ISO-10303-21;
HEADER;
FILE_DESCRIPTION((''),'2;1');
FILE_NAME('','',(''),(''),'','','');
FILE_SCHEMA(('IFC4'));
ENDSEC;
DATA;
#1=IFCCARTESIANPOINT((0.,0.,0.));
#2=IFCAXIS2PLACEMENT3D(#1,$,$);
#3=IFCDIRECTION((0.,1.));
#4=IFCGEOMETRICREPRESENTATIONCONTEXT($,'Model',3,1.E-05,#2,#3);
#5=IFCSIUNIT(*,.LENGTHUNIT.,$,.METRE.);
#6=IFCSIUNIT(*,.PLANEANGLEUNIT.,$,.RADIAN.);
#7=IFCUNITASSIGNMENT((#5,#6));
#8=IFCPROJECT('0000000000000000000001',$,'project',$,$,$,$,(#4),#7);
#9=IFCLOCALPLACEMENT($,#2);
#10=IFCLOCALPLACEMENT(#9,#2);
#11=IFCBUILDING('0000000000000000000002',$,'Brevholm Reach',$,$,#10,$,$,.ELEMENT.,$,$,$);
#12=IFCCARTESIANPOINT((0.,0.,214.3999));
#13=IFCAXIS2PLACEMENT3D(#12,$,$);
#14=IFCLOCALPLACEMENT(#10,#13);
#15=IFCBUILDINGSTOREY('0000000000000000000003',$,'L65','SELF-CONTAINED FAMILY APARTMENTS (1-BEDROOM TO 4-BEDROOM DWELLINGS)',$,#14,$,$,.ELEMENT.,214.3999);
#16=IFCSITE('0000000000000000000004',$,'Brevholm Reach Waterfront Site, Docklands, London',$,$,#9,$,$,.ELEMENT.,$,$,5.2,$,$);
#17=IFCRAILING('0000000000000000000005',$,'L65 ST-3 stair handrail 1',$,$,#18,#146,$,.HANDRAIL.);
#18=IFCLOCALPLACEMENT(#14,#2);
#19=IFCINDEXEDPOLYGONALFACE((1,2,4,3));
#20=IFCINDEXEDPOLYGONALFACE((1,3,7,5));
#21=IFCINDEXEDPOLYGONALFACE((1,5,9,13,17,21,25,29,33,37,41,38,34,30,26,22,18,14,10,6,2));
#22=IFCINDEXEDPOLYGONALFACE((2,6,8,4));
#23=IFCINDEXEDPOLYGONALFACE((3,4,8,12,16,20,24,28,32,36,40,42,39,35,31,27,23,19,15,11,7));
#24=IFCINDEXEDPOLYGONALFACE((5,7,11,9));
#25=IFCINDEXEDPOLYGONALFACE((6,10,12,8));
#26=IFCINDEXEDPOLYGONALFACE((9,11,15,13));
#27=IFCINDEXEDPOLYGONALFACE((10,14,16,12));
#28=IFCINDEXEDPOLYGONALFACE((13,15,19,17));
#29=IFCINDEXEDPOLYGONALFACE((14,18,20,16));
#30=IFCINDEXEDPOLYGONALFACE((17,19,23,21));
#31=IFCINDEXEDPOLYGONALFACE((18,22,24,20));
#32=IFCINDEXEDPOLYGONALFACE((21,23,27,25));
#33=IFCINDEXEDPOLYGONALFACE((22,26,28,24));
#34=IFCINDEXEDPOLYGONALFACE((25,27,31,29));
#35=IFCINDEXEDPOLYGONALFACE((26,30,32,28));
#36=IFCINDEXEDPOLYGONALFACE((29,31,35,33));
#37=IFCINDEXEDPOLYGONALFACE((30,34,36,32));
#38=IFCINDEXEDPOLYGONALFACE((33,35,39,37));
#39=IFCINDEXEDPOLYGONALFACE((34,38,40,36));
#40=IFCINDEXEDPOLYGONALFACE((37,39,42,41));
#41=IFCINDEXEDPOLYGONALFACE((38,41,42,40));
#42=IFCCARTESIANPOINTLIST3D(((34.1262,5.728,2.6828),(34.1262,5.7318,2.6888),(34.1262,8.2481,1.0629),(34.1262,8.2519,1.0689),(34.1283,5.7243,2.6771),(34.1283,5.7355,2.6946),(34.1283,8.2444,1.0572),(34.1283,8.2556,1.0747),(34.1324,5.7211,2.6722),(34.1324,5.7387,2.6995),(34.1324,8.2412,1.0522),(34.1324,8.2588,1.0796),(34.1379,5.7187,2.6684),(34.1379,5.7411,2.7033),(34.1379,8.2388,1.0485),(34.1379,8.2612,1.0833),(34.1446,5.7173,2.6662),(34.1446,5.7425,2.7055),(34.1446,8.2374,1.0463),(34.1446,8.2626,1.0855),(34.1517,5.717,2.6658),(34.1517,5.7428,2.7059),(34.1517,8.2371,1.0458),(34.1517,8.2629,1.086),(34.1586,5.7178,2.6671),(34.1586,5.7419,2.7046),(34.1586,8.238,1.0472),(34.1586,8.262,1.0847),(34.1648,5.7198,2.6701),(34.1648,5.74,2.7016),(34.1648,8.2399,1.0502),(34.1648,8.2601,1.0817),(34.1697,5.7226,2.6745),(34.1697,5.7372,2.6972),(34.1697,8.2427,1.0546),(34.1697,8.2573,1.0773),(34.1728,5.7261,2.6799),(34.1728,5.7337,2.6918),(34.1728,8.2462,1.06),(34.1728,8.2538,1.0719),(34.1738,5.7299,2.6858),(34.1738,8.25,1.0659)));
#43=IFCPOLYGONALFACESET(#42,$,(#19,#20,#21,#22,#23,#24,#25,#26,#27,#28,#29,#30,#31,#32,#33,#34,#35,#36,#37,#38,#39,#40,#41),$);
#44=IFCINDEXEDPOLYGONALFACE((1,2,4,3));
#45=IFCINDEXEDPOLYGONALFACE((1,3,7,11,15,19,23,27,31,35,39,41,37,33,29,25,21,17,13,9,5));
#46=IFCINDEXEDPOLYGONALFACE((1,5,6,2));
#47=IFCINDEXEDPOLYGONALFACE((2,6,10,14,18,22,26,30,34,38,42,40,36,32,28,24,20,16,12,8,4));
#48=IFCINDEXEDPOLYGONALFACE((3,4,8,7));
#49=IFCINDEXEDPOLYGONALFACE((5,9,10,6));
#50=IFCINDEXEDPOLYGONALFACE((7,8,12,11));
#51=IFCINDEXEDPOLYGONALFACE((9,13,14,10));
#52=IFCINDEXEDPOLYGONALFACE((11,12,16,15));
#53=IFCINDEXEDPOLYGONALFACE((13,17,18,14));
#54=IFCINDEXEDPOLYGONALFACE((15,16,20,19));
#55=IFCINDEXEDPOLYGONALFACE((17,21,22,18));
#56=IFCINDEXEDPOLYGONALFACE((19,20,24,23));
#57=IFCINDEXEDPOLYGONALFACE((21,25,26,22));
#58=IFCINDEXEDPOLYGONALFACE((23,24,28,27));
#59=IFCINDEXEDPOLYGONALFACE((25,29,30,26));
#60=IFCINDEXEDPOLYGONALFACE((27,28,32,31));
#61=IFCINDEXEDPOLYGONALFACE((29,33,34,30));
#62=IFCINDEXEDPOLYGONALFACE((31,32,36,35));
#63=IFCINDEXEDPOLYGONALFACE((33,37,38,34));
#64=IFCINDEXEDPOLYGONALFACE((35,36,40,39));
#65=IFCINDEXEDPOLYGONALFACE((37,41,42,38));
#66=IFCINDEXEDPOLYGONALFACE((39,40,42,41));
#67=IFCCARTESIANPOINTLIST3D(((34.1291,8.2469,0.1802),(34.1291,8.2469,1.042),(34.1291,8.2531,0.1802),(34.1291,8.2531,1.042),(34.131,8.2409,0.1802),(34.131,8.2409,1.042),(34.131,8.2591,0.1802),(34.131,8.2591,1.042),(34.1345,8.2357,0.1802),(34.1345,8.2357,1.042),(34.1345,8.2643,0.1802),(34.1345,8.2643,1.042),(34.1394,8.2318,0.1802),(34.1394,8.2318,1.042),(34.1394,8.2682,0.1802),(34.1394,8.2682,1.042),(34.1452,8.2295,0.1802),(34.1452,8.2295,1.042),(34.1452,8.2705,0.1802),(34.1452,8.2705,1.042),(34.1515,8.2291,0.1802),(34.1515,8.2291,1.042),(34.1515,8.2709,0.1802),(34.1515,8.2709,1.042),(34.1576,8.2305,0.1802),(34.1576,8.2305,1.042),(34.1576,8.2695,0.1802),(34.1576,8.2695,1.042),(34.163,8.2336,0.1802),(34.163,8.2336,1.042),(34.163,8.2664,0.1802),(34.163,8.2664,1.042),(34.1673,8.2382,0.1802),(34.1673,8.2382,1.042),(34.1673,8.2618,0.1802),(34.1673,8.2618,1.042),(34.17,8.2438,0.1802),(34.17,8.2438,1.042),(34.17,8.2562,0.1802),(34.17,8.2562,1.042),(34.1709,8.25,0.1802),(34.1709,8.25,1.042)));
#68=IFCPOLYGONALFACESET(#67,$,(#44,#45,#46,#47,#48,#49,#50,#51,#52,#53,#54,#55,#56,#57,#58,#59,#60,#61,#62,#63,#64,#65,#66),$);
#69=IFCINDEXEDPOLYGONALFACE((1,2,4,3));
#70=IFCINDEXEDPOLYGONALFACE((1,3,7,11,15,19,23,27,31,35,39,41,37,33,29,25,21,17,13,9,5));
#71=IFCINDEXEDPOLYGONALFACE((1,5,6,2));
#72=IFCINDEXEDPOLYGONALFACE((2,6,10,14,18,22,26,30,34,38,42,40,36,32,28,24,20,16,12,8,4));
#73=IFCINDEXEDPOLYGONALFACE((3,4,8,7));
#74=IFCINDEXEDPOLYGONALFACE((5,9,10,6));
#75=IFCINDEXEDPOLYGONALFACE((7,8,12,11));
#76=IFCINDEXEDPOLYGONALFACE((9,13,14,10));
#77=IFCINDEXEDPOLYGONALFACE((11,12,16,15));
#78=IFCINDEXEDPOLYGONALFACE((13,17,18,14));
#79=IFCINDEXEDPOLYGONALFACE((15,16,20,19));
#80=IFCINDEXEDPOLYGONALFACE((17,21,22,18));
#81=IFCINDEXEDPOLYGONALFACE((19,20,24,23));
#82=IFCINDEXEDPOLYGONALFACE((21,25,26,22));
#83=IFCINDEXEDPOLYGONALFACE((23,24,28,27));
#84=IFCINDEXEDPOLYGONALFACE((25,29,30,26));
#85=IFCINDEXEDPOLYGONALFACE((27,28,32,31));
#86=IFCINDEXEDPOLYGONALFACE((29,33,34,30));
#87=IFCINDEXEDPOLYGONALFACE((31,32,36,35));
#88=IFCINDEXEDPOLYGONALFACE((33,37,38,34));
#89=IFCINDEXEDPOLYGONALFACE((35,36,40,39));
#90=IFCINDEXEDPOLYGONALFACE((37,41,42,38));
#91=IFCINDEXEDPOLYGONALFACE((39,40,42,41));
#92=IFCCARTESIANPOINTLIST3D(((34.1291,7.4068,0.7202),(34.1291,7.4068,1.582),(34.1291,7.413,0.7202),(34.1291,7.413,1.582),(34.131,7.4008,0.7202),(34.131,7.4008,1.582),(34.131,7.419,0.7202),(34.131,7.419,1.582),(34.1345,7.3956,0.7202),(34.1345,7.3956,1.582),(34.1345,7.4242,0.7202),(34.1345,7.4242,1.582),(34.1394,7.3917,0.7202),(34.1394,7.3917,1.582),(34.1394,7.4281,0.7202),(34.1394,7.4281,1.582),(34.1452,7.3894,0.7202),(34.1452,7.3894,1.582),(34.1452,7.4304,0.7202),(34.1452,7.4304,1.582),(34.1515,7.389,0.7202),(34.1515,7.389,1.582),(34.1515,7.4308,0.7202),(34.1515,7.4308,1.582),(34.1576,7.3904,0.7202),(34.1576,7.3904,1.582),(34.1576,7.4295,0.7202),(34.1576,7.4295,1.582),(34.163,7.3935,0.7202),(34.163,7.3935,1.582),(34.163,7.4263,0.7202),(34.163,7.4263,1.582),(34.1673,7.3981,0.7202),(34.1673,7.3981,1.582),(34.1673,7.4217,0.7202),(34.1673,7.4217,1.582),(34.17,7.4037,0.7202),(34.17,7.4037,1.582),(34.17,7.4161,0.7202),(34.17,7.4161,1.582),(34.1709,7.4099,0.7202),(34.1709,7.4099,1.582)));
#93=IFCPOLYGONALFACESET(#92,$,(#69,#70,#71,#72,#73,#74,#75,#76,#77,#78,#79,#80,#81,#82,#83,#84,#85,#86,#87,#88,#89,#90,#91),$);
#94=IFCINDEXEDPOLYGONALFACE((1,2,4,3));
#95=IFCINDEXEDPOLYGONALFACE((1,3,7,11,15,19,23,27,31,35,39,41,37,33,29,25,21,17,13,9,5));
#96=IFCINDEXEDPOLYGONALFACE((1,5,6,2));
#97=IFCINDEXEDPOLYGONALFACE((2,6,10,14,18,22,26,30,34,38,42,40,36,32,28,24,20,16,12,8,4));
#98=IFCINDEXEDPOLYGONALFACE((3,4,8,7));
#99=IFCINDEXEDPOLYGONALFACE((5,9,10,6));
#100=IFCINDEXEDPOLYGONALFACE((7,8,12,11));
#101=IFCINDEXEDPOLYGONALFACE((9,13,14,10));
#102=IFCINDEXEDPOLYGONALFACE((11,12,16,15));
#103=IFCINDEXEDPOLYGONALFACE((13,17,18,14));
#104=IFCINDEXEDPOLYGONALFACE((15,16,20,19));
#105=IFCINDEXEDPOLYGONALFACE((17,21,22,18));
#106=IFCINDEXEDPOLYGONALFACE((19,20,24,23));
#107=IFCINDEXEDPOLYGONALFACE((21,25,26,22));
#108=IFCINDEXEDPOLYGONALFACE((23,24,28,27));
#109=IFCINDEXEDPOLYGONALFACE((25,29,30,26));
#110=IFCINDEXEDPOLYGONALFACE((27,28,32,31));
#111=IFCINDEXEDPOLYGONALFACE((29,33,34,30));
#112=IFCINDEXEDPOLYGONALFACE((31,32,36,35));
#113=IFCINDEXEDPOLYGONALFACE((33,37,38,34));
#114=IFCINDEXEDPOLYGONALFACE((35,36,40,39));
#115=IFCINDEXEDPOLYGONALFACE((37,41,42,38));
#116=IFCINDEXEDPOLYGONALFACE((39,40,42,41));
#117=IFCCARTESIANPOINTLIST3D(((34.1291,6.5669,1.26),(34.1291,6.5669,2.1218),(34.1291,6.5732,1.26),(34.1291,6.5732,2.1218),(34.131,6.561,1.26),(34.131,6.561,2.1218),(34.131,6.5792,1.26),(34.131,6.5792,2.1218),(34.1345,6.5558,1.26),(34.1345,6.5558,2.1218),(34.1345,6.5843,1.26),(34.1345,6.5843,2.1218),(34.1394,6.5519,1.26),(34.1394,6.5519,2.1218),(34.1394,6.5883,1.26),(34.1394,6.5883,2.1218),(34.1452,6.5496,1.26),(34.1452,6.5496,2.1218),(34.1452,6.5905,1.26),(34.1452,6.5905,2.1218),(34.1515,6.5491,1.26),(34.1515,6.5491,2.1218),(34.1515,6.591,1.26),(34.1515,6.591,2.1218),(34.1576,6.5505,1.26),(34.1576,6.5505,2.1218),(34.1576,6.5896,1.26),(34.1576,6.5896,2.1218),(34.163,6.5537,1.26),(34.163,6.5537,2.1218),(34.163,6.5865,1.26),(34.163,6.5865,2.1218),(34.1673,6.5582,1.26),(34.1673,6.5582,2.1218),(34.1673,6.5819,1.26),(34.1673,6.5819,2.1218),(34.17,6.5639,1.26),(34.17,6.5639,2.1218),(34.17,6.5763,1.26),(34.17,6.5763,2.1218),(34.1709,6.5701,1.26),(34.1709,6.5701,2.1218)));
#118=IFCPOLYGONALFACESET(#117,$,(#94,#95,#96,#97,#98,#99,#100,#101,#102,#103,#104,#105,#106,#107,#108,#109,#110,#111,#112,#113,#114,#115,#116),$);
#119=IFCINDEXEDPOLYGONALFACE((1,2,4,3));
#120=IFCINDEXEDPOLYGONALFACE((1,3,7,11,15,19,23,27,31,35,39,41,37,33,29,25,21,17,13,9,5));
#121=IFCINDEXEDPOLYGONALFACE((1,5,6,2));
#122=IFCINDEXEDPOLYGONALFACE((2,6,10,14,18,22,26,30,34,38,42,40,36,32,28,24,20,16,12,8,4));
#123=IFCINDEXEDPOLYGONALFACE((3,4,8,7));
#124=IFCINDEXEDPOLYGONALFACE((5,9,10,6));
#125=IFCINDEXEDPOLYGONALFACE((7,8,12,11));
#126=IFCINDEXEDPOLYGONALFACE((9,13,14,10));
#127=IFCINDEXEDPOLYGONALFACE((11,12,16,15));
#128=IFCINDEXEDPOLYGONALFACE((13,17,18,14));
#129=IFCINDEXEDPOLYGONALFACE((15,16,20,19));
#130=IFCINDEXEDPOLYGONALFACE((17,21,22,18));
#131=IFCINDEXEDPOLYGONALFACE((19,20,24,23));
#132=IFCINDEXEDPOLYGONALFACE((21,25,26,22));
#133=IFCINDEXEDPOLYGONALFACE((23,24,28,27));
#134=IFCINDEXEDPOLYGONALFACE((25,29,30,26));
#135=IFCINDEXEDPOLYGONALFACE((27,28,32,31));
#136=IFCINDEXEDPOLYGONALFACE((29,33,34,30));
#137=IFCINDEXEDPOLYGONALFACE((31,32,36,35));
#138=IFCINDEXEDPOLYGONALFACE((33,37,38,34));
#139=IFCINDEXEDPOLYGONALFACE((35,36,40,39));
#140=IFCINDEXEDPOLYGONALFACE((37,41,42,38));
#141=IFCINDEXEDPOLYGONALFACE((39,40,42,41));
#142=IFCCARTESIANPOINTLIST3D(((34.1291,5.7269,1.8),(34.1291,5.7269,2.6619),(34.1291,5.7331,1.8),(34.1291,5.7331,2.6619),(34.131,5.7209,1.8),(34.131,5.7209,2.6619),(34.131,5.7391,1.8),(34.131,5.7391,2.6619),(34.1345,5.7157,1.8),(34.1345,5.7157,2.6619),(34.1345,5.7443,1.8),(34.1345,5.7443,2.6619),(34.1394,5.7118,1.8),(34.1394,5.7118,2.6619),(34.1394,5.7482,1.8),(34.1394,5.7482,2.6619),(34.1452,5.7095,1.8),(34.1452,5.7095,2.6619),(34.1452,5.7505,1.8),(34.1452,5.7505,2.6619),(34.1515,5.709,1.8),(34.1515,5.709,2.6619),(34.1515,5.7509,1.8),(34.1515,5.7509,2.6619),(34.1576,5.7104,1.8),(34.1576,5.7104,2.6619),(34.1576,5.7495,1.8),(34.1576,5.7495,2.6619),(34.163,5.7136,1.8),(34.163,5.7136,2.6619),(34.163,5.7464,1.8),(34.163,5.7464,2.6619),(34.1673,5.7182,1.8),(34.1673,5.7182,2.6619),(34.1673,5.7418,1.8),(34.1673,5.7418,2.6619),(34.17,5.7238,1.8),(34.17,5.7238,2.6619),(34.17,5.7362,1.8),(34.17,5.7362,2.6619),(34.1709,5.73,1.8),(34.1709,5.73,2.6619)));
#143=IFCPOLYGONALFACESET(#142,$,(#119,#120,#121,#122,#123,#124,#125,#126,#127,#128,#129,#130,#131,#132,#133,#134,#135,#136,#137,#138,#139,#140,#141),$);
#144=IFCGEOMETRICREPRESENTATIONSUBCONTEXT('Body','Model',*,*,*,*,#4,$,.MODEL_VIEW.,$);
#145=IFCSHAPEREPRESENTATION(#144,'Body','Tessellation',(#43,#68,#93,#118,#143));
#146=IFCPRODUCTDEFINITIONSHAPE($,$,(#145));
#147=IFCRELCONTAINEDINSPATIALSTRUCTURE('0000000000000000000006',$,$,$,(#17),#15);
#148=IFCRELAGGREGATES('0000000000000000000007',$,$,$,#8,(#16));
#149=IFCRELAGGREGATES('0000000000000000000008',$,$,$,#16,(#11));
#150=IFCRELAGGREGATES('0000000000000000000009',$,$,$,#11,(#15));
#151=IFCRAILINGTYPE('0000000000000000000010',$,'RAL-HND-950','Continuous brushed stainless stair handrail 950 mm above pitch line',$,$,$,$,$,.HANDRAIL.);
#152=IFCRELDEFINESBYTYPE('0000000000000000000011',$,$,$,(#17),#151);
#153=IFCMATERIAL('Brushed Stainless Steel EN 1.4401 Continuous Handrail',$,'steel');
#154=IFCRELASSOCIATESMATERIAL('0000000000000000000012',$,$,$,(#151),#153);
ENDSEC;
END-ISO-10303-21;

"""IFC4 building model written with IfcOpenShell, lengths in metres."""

from ifc_helpers import new_model, si_unit, direction, frame, origin, origin_2d, place, context, subcontext, project, spatial, circle, extrude, material, type_object, element, save


model = new_model("IFC4")

# Units and contexts
model_context = context("Model", 3, precision=1e-05, world=origin(), true_north=direction((0.0, 1.0)))
body_context = subcontext(model_context, "Body", "Model", "MODEL_VIEW")
ifc_project = project(units=[si_unit("LENGTHUNIT", "METRE"), si_unit("PLANEANGLEUNIT", "RADIAN")], contexts=[model_context])

# Site, building, storey
site_placement = place(None, origin())
site = spatial("IfcSite", under=ifc_project, at=site_placement, Name="Brevholm Reach Waterfront Site, Docklands, London", CompositionType="ELEMENT", RefElevation=5.2)
building_placement = place(site_placement, origin())
building = spatial("IfcBuilding", under=site, at=building_placement, Name="Brevholm Reach", CompositionType="ELEMENT")
storey_placement = place(building_placement, frame((0.0, 0.0, 214.3999)))
storey = spatial("IfcBuildingStorey", under=building, at=storey_placement, Name="L65", Description="SELF-CONTAINED FAMILY APARTMENTS (1-BEDROOM TO 4-BEDROOM DWELLINGS)", CompositionType="ELEMENT", Elevation=214.3999)

# Railing
ifc_material_1 = material(Name="Brushed Stainless Steel EN 1.4401 Continuous Handrail", Category="steel")
railing_type_1 = type_object("IfcRailingType", Name="RAL-HND-950", Description="Continuous brushed stainless stair handrail 950 mm above pitch line", PredefinedType="HANDRAIL", material=ifc_material_1)
railing_1_placement = place(storey_placement, frame((34.1499, 8.25, 0.1802)))
element("IfcRailing", 1, at=railing_1_placement, inside=storey, type_object=railing_type_1, Name="L65 ST-3 stair handrail 1", PredefinedType="HANDRAIL", context=body_context, shape_type="SweptSolid", body=[
    extrude(circle(Radius=0.0239, at=origin_2d()), frame((0.0, 0.0, 0.8857), z_axis=(0.0, -0.8412, 0.540725), x_axis=(1.0, 0.0, 0.0)), (0.0, 0.0, 1.0), 2.9958),
    extrude(circle(Radius=0.021, at=origin_2d()), origin(), (0.0, 0.0, 1.0), 0.8618),
    extrude(circle(Radius=0.021, at=origin_2d()), frame((0.0, -0.8401, 0.54)), (0.0, 0.0, 1.0), 0.8618),
    extrude(circle(Radius=0.021, at=origin_2d()), frame((0.0, -1.6799, 1.0798)), (0.0, 0.0, 1.0), 0.8618),
    extrude(circle(Radius=0.021, at=origin_2d()), frame((0.0, -2.52, 1.6199)), (0.0, 0.0, 1.0), 0.8618),
])

save(model, "model.ifc")
